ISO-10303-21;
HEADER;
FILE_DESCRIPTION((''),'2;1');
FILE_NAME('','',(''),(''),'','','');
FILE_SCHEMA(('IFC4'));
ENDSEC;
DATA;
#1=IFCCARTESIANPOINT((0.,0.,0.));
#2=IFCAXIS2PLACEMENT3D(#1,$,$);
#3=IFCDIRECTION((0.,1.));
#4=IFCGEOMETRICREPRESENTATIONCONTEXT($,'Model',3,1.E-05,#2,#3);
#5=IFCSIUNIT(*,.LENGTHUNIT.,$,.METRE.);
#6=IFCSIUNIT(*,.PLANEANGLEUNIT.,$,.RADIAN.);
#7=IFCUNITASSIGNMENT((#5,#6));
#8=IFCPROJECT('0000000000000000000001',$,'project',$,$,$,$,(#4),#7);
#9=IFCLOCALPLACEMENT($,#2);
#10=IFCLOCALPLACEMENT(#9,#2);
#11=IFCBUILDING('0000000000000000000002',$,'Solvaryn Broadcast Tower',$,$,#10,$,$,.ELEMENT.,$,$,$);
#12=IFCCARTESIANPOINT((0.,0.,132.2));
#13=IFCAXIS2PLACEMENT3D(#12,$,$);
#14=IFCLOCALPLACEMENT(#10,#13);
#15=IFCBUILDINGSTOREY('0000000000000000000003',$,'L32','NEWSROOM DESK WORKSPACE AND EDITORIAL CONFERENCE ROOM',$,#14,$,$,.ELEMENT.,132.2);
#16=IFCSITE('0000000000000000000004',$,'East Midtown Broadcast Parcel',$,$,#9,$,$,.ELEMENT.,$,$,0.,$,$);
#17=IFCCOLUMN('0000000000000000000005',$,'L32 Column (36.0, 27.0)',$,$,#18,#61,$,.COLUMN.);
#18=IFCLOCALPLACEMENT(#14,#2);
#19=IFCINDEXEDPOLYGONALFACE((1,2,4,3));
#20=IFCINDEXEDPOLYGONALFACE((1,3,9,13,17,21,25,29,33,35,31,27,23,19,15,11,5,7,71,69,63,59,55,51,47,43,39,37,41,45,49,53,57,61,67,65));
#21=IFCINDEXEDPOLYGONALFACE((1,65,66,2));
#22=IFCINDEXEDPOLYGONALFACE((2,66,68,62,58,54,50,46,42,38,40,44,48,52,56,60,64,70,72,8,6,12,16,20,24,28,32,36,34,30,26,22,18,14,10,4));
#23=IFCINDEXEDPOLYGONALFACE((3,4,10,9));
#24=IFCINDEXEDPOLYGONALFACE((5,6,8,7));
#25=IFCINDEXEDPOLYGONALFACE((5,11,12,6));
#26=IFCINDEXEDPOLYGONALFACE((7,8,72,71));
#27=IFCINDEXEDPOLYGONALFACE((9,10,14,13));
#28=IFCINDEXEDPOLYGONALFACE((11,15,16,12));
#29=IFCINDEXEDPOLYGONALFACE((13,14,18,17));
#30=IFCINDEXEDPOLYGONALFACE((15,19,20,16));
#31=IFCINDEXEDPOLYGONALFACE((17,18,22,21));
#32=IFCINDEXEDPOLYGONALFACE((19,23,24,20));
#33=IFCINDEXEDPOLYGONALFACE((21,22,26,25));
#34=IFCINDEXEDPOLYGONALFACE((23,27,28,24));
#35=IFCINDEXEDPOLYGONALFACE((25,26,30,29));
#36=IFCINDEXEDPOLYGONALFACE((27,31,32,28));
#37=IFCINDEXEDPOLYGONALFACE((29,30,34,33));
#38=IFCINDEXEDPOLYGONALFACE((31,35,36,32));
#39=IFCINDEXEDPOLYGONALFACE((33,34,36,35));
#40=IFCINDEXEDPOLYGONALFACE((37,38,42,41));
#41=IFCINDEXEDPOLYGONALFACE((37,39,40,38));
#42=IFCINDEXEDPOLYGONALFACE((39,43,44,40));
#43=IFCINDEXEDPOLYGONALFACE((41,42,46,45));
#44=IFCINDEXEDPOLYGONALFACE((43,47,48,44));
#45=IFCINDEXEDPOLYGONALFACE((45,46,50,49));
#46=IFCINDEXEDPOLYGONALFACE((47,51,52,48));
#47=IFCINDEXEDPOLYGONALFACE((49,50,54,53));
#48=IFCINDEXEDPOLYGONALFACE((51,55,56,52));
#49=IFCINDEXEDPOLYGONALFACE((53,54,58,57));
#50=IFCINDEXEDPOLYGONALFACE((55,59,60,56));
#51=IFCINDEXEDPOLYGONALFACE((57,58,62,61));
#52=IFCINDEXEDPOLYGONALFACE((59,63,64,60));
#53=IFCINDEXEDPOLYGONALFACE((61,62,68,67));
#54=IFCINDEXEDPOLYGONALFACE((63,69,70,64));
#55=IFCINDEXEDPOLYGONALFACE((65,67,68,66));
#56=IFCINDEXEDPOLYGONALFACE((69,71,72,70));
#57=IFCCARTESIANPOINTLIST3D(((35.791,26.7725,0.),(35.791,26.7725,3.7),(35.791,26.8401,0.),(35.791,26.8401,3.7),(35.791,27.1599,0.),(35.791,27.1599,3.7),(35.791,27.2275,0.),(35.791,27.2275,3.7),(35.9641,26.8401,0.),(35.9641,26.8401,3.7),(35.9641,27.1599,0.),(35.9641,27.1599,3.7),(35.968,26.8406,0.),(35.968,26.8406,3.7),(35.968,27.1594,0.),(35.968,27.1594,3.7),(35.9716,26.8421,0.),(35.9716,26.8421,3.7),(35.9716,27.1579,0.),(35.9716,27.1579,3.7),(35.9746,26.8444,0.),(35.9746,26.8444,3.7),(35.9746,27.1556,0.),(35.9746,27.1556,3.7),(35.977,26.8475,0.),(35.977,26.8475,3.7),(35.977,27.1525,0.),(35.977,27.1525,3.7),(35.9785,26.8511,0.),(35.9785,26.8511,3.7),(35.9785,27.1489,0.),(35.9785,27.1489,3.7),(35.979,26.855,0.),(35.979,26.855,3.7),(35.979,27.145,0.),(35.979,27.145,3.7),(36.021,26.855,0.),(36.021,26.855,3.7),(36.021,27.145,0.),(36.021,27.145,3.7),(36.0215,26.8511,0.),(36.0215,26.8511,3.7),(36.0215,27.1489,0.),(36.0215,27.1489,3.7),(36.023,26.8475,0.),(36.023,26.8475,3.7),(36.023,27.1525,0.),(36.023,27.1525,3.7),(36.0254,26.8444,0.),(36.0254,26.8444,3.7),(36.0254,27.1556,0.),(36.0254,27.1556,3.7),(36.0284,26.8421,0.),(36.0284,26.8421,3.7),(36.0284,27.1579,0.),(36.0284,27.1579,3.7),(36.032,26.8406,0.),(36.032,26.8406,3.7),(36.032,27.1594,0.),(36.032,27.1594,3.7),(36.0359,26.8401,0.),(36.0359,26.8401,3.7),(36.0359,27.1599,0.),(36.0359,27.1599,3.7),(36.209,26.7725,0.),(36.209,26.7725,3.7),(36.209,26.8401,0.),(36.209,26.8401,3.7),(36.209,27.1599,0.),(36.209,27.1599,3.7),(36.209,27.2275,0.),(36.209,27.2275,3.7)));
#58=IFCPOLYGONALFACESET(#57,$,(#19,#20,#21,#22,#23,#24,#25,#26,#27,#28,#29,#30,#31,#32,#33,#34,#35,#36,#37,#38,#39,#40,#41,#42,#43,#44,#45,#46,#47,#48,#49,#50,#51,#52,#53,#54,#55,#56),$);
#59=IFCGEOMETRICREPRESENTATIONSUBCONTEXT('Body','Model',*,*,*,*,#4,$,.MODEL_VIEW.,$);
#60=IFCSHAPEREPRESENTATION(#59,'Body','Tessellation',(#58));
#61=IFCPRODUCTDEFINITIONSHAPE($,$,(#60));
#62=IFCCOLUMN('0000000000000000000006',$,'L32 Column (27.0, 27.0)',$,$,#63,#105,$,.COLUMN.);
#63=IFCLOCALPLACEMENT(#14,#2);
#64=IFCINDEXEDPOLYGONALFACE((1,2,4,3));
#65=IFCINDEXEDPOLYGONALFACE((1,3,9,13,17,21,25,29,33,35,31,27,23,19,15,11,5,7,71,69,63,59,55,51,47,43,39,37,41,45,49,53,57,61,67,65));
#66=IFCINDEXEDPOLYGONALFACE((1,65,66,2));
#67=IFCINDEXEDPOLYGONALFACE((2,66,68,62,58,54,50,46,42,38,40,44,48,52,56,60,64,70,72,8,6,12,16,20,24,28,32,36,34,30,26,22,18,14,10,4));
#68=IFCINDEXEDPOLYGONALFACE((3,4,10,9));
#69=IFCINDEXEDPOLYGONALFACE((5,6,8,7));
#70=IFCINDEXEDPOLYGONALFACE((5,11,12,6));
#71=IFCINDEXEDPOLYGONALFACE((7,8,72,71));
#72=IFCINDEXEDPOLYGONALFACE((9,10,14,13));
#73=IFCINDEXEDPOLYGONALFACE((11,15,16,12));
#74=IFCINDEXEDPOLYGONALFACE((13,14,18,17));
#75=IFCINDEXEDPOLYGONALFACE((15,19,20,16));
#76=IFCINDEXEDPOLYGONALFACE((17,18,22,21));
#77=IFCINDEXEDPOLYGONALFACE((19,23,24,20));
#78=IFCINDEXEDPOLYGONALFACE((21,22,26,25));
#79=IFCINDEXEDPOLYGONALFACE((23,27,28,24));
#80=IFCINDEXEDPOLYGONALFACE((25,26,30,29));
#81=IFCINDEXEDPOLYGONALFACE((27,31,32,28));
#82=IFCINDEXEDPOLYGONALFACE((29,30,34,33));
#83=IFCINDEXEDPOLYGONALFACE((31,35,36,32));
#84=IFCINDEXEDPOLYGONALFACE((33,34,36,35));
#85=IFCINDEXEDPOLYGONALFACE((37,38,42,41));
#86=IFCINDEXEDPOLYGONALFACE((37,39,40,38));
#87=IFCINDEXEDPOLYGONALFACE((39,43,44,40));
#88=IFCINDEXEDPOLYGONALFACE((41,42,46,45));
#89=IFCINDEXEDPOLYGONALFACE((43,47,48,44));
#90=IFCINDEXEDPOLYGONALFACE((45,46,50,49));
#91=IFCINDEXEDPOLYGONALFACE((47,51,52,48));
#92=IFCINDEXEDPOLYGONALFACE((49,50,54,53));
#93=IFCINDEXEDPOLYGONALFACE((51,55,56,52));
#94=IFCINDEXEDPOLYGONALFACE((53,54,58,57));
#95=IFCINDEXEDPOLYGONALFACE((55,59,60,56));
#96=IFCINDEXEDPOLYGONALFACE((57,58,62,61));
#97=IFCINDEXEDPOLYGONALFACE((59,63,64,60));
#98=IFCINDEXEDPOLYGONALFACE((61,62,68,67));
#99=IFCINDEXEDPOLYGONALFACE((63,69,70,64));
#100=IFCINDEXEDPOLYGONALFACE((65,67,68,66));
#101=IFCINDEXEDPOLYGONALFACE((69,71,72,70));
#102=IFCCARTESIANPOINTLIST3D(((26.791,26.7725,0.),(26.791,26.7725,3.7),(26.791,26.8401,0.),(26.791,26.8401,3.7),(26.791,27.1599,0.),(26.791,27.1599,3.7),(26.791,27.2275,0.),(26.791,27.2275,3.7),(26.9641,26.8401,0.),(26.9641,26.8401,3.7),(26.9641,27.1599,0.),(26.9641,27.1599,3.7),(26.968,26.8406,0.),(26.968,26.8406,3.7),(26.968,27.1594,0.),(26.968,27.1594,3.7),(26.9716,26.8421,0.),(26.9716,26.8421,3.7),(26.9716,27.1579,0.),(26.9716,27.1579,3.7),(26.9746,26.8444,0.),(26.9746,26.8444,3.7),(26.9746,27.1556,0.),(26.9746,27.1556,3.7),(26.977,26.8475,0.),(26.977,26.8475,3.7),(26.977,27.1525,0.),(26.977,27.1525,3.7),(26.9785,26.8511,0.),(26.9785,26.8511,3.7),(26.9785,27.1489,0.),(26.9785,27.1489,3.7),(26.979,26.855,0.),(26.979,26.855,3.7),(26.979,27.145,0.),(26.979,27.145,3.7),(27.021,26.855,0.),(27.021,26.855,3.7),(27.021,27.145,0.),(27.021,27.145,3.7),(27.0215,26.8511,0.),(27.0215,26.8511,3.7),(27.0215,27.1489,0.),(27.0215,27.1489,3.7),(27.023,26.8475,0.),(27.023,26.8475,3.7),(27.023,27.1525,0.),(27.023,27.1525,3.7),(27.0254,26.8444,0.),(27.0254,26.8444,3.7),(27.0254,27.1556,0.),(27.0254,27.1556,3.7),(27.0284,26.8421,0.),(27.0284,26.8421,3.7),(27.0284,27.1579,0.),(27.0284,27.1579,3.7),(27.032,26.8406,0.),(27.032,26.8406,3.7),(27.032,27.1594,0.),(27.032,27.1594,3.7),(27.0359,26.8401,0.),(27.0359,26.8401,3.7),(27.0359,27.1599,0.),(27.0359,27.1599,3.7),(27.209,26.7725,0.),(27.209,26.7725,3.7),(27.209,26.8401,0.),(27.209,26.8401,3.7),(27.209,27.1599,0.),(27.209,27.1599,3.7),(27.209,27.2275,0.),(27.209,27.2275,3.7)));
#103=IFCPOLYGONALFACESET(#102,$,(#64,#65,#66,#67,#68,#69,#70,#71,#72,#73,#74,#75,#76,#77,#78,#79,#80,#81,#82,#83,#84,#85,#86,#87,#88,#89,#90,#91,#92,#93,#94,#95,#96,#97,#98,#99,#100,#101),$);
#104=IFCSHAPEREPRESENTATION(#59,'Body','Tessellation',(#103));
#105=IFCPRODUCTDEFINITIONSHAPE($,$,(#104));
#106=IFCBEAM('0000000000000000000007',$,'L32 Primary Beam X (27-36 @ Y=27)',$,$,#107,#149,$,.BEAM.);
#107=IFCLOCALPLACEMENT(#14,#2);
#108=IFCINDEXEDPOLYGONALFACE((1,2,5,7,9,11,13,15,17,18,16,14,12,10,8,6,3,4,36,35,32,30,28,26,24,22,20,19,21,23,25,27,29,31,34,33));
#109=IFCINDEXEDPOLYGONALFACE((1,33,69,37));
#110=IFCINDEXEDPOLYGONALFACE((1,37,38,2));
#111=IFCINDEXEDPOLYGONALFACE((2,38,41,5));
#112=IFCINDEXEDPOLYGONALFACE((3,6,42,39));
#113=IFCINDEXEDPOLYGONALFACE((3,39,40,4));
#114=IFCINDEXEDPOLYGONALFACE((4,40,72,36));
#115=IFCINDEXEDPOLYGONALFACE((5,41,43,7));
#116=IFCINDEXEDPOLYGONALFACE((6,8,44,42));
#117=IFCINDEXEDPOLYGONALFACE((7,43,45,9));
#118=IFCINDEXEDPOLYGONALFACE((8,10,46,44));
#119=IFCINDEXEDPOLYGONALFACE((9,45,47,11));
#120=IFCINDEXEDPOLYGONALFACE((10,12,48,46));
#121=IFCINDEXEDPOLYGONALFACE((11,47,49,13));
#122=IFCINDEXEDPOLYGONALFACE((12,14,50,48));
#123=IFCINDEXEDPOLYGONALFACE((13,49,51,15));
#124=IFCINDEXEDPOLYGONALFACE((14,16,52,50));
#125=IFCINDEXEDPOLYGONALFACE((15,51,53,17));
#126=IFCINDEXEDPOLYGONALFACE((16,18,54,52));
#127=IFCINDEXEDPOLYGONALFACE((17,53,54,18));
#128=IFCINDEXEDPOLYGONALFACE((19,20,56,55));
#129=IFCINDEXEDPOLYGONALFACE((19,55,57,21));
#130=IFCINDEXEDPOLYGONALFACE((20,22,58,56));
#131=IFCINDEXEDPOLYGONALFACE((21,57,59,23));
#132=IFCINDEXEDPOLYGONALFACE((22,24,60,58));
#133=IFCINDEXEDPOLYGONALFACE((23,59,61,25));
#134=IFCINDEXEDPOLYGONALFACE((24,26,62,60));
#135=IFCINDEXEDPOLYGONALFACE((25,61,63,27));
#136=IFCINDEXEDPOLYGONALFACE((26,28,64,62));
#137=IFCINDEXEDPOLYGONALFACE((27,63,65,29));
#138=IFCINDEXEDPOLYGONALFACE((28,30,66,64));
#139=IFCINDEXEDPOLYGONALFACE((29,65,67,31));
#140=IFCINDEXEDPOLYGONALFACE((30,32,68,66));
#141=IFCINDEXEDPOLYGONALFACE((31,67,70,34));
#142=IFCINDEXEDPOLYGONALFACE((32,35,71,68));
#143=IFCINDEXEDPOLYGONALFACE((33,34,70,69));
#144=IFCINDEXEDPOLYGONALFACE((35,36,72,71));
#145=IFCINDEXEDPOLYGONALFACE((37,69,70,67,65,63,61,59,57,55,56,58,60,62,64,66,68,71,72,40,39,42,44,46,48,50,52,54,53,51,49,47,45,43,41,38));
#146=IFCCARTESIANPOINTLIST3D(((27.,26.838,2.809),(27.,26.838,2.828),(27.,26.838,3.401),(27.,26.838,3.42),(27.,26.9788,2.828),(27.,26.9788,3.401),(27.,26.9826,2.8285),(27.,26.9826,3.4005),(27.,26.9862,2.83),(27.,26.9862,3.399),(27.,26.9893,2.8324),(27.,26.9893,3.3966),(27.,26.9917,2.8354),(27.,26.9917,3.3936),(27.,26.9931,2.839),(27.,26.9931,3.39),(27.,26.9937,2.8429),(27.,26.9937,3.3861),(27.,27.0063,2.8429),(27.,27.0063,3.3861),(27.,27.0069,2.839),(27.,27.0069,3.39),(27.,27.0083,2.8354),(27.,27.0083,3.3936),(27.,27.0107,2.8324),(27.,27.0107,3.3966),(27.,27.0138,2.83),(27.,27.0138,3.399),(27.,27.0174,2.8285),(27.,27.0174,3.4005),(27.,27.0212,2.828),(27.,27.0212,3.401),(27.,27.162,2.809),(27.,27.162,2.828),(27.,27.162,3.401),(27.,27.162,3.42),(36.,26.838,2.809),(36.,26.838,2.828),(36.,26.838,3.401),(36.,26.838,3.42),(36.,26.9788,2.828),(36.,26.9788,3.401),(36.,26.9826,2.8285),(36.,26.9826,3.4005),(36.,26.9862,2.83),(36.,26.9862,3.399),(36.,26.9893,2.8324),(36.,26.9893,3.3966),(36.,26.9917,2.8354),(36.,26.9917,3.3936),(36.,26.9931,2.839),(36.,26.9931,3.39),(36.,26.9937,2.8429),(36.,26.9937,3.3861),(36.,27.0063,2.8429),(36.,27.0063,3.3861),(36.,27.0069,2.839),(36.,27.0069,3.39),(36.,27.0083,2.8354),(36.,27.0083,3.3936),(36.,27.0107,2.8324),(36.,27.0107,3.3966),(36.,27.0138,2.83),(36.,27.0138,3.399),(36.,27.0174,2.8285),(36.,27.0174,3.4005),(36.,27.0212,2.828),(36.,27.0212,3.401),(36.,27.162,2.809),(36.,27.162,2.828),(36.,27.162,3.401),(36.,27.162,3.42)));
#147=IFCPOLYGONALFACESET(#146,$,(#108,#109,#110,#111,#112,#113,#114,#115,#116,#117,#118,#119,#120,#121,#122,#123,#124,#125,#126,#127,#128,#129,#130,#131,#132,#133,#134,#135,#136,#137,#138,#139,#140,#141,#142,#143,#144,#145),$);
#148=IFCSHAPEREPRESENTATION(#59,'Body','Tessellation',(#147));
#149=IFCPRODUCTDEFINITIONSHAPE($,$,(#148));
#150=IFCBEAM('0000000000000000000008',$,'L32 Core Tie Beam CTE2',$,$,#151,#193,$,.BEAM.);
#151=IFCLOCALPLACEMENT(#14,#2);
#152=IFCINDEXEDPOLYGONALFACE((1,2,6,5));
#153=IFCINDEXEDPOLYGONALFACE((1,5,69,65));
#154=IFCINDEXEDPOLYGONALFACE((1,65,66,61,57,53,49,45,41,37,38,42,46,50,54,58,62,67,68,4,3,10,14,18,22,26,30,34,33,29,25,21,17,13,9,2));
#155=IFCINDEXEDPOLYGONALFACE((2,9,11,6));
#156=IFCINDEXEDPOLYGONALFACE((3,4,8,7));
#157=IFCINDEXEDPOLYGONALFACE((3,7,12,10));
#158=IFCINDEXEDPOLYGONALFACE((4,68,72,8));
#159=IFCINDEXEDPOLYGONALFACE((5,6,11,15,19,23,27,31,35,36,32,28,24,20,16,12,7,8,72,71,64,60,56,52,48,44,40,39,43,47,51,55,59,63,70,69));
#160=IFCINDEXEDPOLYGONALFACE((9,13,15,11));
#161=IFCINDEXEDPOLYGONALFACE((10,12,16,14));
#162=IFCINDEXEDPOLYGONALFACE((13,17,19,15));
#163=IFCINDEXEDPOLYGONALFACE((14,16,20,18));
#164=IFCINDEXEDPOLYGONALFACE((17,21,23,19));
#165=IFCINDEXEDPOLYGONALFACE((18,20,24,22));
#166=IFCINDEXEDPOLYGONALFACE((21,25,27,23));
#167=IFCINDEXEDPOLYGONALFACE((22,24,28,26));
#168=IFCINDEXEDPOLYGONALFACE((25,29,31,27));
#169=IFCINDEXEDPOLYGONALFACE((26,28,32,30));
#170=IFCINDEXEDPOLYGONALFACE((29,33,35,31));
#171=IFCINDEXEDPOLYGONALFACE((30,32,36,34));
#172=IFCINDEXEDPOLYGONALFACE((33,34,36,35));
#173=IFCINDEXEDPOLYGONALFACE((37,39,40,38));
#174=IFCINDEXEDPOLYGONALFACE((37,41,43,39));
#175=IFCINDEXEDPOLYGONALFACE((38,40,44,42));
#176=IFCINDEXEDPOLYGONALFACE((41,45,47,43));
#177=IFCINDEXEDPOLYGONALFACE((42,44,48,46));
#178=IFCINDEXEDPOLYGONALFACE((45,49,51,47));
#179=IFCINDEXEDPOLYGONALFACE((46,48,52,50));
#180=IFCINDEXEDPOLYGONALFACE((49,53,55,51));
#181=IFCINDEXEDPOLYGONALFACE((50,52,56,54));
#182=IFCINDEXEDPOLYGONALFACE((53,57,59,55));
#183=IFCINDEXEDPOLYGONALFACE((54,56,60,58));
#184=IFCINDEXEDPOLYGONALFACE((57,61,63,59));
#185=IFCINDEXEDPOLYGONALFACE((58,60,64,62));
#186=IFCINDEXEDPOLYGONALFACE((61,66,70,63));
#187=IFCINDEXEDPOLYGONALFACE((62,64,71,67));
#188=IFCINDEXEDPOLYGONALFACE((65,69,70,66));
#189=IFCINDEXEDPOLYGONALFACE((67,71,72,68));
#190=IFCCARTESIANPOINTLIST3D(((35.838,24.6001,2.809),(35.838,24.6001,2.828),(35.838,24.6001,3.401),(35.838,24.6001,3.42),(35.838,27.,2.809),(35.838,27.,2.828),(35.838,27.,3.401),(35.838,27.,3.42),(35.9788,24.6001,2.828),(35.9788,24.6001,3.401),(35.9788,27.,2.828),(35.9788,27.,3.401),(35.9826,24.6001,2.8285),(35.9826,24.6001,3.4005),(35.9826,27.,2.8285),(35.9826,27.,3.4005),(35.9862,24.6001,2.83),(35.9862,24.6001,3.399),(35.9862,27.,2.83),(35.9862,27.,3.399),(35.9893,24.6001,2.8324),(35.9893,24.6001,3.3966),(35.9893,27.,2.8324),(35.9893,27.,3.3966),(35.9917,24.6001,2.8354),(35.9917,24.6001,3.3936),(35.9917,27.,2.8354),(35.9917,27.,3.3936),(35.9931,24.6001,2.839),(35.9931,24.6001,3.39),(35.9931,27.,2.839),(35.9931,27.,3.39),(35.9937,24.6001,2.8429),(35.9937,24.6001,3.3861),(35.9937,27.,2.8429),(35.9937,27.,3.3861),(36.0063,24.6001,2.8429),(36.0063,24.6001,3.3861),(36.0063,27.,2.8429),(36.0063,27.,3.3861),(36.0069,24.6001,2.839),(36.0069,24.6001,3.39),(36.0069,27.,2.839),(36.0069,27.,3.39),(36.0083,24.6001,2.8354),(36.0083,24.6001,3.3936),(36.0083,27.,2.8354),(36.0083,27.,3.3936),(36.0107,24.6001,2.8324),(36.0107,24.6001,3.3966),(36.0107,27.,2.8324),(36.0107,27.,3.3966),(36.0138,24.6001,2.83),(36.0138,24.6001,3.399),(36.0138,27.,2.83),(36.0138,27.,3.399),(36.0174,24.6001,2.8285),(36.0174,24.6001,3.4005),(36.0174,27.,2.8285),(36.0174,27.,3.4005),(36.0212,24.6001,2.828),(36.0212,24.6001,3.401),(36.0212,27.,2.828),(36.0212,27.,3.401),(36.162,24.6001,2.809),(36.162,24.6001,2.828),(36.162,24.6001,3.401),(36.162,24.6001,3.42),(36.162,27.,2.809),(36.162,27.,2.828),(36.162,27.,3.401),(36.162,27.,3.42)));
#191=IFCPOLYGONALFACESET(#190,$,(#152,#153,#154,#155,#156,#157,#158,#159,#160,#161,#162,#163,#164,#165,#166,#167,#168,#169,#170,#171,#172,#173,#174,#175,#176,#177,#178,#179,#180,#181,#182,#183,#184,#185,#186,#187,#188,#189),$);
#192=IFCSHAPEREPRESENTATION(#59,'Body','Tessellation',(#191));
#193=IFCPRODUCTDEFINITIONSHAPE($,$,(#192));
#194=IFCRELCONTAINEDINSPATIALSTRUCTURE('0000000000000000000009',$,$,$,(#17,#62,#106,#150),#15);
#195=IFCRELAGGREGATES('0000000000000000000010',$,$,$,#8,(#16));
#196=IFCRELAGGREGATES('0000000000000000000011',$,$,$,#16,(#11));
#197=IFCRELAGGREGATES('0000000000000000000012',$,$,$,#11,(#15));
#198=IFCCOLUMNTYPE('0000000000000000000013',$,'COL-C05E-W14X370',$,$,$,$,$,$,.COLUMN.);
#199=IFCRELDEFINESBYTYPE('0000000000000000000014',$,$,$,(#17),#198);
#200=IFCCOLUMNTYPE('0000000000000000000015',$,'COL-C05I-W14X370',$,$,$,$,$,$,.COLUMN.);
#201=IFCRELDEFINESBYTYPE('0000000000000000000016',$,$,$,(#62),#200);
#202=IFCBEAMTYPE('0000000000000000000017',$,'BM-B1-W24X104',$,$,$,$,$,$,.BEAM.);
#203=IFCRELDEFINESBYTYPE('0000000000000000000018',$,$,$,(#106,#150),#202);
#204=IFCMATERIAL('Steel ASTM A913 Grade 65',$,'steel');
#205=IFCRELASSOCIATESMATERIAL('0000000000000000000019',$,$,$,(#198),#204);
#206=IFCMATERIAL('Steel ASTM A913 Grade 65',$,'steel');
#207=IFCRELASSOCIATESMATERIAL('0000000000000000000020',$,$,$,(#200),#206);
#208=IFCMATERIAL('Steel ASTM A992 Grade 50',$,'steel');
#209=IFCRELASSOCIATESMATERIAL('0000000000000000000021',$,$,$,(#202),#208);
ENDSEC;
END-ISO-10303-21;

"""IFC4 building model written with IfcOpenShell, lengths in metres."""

from ifc_helpers import new_model, si_unit, direction, frame, origin, origin_2d, place, context, subcontext, project, spatial, i_section, extrude, material, material_profile, profile_set, type_object, element, save


model = new_model("IFC4")

# Units and contexts
model_context = context("Model", 3, precision=1e-05, world=origin(), true_north=direction((0.0, 1.0)))
body_context = subcontext(model_context, "Body", "Model", "MODEL_VIEW")
ifc_project = project(units=[si_unit("LENGTHUNIT", "METRE"), si_unit("PLANEANGLEUNIT", "RADIAN")], contexts=[model_context])

# Site, building, storey
site_placement = place(None, origin())
site = spatial("IfcSite", under=ifc_project, at=site_placement, Name="East Midtown Broadcast Parcel", CompositionType="ELEMENT", RefElevation=0.0)
building_placement = place(site_placement, origin())
building = spatial("IfcBuilding", under=site, at=building_placement, Name="Solvaryn Broadcast Tower", CompositionType="ELEMENT")
storey_placement = place(building_placement, frame((0.0, 0.0, 132.2)))
storey = spatial("IfcBuildingStorey", under=building, at=storey_placement, Name="L32", Description="NEWSROOM DESK WORKSPACE AND EDITORIAL CONFERENCE ROOM", CompositionType="ELEMENT", Elevation=132.2)

# Columns
ifc_material_1 = material(Name="Steel ASTM A913 Grade 65", Category="steel")
ifc_material_profile_1 = material_profile(ifc_material_1, i_section(OverallWidth=0.418, OverallDepth=0.4551, WebThickness=0.042, FlangeThickness=0.0676, FilletRadius=0.0149, at=origin_2d()))
ifc_profile_set_1 = profile_set([ifc_material_profile_1], Name="Steel ASTM A913 Grade 65")
column_type_1 = type_object("IfcColumnType", Name="COL-C05E-W14X370", PredefinedType="COLUMN", material=ifc_profile_set_1)
column_1_placement = place(storey_placement, frame((36.0, 27.0, 0.0), z_axis=(0.0, 0.0, 1.0), x_axis=(1.0, 0.0, 0.0)))
element("IfcColumn", 1, at=column_1_placement, inside=storey, type_object=column_type_1, Name="L32 Column (36.0, 27.0)", PredefinedType="COLUMN", context=body_context, shape_type="SweptSolid", body=[
    extrude(i_section(OverallWidth=0.418, OverallDepth=0.4551, WebThickness=0.042, FlangeThickness=0.0676, FilletRadius=0.0149, at=origin_2d()), origin(), (0.0, 0.0, 1.0), 3.7),
])
ifc_material_2 = material(Name="Steel ASTM A913 Grade 65", Category="steel")
ifc_material_profile_2 = material_profile(ifc_material_2, i_section(OverallWidth=0.418, OverallDepth=0.4551, WebThickness=0.042, FlangeThickness=0.0676, FilletRadius=0.0149, at=origin_2d()))
ifc_profile_set_2 = profile_set([ifc_material_profile_2], Name="Steel ASTM A913 Grade 65")
column_type_2 = type_object("IfcColumnType", Name="COL-C05I-W14X370", PredefinedType="COLUMN", material=ifc_profile_set_2)
column_2_placement = place(storey_placement, frame((27.0, 27.0, 0.0), z_axis=(0.0, 0.0, 1.0), x_axis=(1.0, 0.0, 0.0)))
element("IfcColumn", 2, at=column_2_placement, inside=storey, type_object=column_type_2, Name="L32 Column (27.0, 27.0)", PredefinedType="COLUMN", context=body_context, shape_type="SweptSolid", body=[
    extrude(i_section(OverallWidth=0.418, OverallDepth=0.4551, WebThickness=0.042, FlangeThickness=0.0676, FilletRadius=0.0149, at=origin_2d()), origin(), (0.0, 0.0, 1.0), 3.7),
])

# Beams
ifc_material_3 = material(Name="Steel ASTM A992 Grade 50", Category="steel")
ifc_material_profile_3 = material_profile(ifc_material_3, i_section(OverallWidth=0.324, OverallDepth=0.6111, WebThickness=0.0127, FlangeThickness=0.019, FilletRadius=0.0149, at=origin_2d()))
ifc_profile_set_3 = profile_set([ifc_material_profile_3], Name="Steel ASTM A992 Grade 50")
beam_type_1 = type_object("IfcBeamType", Name="BM-B1-W24X104", PredefinedType="BEAM", material=ifc_profile_set_3)
beam_1_placement = place(storey_placement, frame((27.0, 27.0, 3.1145), z_axis=(1.0, 0.0, 0.0), x_axis=(0.0, 1.0, 0.0)))
element("IfcBeam", 3, at=beam_1_placement, inside=storey, type_object=beam_type_1, Name="L32 Primary Beam X (27-36 @ Y=27)", PredefinedType="BEAM", context=body_context, shape_type="SweptSolid", body=[
    extrude(i_section(OverallWidth=0.324, OverallDepth=0.6111, WebThickness=0.0127, FlangeThickness=0.019, FilletRadius=0.0149, at=origin_2d()), origin(), (0.0, 0.0, 1.0), 9.0),
])
beam_2_placement = place(storey_placement, frame((36.0, 24.6001, 3.1145), z_axis=(0.0, 1.0, 0.0), x_axis=(-1.0, 0.0, 0.0)))
element("IfcBeam", 4, at=beam_2_placement, inside=storey, type_object=beam_type_1, Name="L32 Core Tie Beam CTE2", PredefinedType="BEAM", context=body_context, shape_type="SweptSolid", body=[
    extrude(i_section(OverallWidth=0.324, OverallDepth=0.6111, WebThickness=0.0127, FlangeThickness=0.019, FilletRadius=0.0149, at=origin_2d()), origin(), (0.0, 0.0, 1.0), 2.3999),
])

save(model, "model.ifc")
